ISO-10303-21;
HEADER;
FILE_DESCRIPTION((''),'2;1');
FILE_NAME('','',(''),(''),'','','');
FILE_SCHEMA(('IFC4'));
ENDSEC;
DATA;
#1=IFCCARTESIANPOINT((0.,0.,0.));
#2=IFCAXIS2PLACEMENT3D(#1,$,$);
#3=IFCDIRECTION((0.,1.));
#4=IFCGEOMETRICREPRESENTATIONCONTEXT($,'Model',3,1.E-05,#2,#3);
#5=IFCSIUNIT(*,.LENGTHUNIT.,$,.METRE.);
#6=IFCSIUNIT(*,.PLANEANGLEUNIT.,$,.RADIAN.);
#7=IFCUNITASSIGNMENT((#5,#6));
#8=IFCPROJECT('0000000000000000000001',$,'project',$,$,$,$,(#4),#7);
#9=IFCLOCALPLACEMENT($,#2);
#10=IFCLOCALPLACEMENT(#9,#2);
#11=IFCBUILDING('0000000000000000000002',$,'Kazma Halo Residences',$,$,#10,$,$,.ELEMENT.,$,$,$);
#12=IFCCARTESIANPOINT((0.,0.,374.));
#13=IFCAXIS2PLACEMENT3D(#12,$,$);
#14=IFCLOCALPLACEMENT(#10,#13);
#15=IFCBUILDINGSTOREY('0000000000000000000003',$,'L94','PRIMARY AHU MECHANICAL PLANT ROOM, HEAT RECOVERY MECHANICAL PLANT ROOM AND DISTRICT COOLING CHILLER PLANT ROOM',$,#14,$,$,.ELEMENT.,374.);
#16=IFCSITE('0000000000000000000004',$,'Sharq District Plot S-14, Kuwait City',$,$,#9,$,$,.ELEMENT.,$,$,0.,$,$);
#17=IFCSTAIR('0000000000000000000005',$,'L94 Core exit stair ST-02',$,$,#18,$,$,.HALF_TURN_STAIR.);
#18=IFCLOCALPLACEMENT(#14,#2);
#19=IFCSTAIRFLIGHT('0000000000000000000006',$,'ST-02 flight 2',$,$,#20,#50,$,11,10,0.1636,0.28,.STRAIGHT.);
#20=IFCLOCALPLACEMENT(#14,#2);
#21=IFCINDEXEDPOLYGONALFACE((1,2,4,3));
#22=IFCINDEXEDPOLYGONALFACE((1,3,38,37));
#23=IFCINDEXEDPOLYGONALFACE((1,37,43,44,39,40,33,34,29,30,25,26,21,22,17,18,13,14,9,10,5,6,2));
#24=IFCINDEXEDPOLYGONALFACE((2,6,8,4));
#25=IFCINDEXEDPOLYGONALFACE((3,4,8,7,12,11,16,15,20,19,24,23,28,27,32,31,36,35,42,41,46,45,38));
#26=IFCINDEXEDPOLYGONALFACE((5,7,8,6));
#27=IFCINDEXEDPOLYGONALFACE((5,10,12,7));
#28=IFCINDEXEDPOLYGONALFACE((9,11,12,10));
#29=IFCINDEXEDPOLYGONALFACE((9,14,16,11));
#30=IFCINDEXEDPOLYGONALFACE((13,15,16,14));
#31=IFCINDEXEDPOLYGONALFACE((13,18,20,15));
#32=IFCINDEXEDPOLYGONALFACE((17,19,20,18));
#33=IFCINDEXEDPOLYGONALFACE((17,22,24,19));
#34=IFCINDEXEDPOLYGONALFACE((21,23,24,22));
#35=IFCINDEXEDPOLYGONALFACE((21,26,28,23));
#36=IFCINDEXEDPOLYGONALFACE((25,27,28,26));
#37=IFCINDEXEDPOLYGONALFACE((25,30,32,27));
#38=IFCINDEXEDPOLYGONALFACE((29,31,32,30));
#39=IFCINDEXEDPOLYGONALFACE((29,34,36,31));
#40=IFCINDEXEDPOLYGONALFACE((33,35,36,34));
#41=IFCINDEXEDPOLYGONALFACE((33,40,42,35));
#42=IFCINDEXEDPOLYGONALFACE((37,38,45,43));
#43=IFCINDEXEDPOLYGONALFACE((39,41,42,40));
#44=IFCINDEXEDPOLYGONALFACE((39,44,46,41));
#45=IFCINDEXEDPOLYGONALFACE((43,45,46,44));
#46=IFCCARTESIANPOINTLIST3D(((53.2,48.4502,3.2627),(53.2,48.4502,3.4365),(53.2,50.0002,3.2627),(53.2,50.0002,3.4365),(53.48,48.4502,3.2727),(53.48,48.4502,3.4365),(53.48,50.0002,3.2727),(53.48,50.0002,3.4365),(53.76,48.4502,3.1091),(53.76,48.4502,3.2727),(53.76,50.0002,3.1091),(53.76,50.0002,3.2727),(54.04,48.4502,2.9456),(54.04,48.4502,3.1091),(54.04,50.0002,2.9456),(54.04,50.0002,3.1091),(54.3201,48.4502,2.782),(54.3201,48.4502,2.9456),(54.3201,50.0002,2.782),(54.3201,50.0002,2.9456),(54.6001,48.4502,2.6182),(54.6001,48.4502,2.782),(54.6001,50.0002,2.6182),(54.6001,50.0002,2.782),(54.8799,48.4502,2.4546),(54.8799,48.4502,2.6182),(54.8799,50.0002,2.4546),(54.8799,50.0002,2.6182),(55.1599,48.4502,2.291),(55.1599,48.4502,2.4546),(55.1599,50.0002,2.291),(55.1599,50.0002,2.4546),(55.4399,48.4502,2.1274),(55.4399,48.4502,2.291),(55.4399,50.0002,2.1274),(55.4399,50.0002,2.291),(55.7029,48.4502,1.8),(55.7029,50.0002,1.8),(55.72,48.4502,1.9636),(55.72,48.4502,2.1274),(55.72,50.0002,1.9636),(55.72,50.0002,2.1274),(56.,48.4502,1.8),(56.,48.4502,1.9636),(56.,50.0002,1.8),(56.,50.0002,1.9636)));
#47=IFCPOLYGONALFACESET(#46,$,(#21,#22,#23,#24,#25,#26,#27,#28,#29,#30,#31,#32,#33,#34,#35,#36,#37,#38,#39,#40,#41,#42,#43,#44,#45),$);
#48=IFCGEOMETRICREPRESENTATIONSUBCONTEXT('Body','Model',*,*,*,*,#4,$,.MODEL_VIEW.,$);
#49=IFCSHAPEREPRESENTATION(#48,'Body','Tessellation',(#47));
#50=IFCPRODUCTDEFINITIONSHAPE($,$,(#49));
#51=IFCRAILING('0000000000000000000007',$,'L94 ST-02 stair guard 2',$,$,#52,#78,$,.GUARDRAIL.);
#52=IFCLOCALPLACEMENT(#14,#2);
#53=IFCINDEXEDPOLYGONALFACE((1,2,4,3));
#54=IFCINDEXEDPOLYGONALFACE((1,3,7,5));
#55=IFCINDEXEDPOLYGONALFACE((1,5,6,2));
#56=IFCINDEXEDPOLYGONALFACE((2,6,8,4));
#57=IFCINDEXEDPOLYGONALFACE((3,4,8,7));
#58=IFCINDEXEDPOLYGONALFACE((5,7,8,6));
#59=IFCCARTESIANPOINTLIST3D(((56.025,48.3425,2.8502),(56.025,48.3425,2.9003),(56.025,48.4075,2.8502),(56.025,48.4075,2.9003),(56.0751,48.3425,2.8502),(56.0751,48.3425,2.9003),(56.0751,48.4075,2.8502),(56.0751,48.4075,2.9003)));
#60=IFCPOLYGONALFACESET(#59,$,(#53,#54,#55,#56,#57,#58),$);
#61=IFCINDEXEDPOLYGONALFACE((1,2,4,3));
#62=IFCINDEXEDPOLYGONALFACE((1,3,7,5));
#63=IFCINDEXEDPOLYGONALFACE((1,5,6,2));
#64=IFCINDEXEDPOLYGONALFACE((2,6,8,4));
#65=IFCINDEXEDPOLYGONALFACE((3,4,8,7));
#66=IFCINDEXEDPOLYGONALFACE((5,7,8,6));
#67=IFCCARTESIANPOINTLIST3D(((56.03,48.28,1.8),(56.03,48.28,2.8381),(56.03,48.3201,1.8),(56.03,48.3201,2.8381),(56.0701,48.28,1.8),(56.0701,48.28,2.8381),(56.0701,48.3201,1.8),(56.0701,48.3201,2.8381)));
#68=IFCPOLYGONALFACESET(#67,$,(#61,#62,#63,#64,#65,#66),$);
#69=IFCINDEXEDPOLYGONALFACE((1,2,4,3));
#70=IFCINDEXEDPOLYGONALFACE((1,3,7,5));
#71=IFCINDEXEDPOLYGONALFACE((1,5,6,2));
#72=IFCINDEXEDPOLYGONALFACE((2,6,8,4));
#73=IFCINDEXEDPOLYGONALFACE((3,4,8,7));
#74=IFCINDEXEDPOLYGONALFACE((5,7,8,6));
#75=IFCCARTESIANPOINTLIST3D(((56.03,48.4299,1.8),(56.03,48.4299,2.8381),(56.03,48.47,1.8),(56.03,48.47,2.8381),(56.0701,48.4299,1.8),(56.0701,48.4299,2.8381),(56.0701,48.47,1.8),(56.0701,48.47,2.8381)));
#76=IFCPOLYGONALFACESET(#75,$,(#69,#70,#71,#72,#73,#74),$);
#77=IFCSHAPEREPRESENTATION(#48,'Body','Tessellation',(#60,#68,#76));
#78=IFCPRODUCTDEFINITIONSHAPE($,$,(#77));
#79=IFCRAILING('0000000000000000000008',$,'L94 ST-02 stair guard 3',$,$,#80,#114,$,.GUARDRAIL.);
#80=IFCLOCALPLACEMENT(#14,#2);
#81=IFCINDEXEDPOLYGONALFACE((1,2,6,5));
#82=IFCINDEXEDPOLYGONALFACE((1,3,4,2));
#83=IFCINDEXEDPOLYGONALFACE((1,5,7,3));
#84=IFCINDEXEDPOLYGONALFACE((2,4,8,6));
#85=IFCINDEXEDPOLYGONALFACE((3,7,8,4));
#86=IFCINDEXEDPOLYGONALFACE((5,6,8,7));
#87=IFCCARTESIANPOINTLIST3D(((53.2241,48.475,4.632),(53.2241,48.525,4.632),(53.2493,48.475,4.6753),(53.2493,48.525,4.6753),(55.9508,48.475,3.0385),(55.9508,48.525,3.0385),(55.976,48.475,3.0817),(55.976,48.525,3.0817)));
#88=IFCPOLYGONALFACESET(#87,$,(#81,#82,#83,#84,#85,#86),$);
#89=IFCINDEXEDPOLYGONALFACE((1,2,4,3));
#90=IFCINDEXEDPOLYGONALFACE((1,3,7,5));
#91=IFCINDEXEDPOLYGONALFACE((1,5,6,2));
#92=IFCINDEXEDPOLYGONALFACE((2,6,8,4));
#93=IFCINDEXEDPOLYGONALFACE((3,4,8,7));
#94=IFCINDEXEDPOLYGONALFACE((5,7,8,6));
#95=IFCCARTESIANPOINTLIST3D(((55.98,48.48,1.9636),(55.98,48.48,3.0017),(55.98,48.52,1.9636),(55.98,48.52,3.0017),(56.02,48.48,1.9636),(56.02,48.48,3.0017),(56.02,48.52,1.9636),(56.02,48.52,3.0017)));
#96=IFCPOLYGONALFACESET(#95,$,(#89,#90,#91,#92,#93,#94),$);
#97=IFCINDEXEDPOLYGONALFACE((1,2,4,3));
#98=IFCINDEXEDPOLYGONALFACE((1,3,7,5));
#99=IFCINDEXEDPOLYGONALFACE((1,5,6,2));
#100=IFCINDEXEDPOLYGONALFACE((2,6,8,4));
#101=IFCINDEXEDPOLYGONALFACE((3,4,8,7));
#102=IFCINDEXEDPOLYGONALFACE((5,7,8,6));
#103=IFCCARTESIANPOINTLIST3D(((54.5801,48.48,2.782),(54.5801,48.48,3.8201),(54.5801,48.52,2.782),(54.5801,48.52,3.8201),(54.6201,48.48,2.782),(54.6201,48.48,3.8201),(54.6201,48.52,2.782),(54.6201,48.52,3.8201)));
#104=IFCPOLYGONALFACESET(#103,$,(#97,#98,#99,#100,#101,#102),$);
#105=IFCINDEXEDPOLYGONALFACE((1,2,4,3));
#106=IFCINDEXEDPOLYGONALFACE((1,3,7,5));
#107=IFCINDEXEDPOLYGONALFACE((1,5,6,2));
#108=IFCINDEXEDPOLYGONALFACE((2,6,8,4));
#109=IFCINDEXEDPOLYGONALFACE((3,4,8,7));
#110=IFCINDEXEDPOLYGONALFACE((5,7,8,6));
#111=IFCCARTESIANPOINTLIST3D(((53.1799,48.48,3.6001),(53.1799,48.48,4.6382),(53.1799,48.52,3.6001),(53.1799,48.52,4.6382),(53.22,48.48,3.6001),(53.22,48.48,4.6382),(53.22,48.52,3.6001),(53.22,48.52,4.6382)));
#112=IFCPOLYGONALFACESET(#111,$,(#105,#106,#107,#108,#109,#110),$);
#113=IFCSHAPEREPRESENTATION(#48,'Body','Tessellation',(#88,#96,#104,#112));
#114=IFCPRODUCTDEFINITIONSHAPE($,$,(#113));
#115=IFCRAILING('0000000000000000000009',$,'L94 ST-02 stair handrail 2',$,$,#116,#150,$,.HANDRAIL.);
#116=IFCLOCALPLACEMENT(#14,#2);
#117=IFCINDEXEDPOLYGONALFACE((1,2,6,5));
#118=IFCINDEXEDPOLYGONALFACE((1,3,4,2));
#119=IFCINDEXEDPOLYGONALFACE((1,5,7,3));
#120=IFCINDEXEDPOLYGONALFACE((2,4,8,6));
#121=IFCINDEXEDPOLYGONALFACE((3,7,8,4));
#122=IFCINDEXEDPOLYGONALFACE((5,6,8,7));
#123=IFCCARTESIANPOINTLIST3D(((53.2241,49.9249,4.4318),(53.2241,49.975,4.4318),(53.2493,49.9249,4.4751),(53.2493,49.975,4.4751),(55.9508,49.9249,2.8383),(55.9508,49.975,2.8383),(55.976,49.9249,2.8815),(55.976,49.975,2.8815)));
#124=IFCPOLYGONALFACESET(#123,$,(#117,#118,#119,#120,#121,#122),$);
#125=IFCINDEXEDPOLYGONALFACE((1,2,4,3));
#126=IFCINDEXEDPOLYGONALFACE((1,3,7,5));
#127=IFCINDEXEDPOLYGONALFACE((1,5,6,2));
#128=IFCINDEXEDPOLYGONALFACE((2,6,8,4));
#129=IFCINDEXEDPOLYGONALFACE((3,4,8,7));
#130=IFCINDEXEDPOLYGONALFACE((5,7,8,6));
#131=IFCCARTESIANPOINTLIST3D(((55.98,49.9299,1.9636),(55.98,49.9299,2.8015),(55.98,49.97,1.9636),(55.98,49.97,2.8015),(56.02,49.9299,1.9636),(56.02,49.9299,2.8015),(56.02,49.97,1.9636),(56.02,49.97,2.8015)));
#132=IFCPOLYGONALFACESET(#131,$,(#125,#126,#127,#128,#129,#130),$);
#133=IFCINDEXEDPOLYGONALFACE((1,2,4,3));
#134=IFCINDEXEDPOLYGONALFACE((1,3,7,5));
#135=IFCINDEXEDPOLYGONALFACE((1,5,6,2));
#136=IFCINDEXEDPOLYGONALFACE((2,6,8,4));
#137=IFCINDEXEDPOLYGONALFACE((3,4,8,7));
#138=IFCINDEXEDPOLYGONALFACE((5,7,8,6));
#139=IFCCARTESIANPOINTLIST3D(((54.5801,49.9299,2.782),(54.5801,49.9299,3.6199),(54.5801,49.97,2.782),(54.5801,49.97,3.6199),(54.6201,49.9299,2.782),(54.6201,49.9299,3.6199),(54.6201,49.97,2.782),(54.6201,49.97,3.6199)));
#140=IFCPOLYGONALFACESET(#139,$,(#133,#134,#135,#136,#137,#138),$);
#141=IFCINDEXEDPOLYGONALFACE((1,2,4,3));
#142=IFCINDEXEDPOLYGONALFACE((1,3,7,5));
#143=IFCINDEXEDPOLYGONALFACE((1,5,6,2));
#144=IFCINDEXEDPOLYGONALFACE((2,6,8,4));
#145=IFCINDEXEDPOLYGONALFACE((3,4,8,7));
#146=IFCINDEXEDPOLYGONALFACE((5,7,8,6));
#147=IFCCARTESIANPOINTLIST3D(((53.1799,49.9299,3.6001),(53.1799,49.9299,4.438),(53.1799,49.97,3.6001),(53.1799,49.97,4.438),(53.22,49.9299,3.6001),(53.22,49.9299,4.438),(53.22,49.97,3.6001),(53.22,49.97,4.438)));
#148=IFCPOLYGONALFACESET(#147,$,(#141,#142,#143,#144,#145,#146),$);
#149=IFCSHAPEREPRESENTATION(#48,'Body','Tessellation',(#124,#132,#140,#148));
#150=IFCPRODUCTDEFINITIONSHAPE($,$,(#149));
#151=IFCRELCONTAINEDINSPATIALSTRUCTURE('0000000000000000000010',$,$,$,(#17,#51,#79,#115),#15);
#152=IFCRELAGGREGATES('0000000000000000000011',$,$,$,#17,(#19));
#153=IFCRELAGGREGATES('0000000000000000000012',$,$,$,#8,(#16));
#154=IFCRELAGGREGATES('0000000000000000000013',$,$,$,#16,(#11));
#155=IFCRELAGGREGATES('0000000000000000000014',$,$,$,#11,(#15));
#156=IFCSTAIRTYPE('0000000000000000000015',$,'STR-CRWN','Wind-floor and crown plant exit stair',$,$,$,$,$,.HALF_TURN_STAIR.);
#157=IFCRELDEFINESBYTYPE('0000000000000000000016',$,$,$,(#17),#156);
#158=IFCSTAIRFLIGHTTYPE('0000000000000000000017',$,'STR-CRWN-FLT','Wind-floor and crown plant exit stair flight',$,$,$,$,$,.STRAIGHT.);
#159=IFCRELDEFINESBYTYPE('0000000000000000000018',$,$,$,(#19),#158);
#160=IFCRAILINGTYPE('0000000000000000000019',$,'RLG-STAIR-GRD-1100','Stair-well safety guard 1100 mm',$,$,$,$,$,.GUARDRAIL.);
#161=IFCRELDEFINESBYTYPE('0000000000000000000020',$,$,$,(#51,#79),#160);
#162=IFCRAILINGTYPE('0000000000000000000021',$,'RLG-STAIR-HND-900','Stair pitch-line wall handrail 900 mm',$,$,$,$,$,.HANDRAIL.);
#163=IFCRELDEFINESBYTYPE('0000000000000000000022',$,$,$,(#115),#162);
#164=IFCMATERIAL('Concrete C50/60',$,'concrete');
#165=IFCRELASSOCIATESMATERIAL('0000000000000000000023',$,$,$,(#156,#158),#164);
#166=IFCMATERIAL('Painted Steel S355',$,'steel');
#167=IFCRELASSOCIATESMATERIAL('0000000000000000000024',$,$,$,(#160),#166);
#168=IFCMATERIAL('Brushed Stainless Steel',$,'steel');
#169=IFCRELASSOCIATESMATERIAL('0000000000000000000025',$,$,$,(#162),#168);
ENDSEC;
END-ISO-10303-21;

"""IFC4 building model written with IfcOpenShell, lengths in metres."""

from ifc_helpers import new_model, si_unit, direction, frame, origin, origin_2d, place, context, subcontext, project, spatial, polyline, rectangle, outline, extrude, material, type_object, element, aggregate, save


model = new_model("IFC4")

# Units and contexts
model_context = context("Model", 3, precision=1e-05, world=origin(), true_north=direction((0.0, 1.0)))
body_context = subcontext(model_context, "Body", "Model", "MODEL_VIEW")
ifc_project = project(units=[si_unit("LENGTHUNIT", "METRE"), si_unit("PLANEANGLEUNIT", "RADIAN")], contexts=[model_context])

# Site, building, storey
site_placement = place(None, origin())
site = spatial("IfcSite", under=ifc_project, at=site_placement, Name="Sharq District Plot S-14, Kuwait City", CompositionType="ELEMENT", RefElevation=0.0)
building_placement = place(site_placement, origin())
building = spatial("IfcBuilding", under=site, at=building_placement, Name="Kazma Halo Residences", CompositionType="ELEMENT")
storey_placement = place(building_placement, frame((0.0, 0.0, 374.0)))
storey = spatial("IfcBuildingStorey", under=building, at=storey_placement, Name="L94", Description="PRIMARY AHU MECHANICAL PLANT ROOM, HEAT RECOVERY MECHANICAL PLANT ROOM AND DISTRICT COOLING CHILLER PLANT ROOM", CompositionType="ELEMENT", Elevation=374.0)

# Stair, stair flight
ifc_material_1 = material(Name="Concrete C50/60", Category="concrete")
stair_type = type_object("IfcStairType", Name="STR-CRWN", Description="Wind-floor and crown plant exit stair", PredefinedType="HALF_TURN_STAIR", material=ifc_material_1)
stair_placement = place(storey_placement, origin())
stair = element("IfcStair", 1, at=stair_placement, inside=storey, type_object=stair_type, Name="L94 Core exit stair ST-02", PredefinedType="HALF_TURN_STAIR")
stair_flight_type = type_object("IfcStairFlightType", Name="STR-CRWN-FLT", Description="Wind-floor and crown plant exit stair flight", PredefinedType="STRAIGHT", material=ifc_material_1)
stair_flight_placement = place(storey_placement, frame((56.0, 49.2251, 1.8), z_axis=(0.0, 0.0, 1.0), x_axis=(-1.0, 0.0, 0.0)))
stair_flight = element("IfcStairFlight", 2, at=stair_flight_placement, type_object=stair_flight_type, Name="ST-02 flight 2", NumberOfRisers=11, NumberOfTreads=10, PredefinedType="STRAIGHT", RiserHeight=0.1636, TreadLength=0.28, context=body_context, shape_type="SweptSolid", body=[
    extrude(outline(polyline([(0.0, 0.0), (0.0, 0.1636), (0.28, 0.1636), (0.28, 0.3274), (0.5601, 0.3274), (0.5601, 0.491), (0.8401, 0.491), (0.8401, 0.6545), (1.1201, 0.6545), (1.1201, 0.8181), (1.3999, 0.8181), (1.3999, 0.9819), (1.6799, 0.9819), (1.6799, 1.1455), (1.96, 1.1455), (1.96, 1.3091), (2.24, 1.3091), (2.24, 1.4727), (2.52, 1.4727), (2.52, 1.6365), (2.8, 1.6365), (2.8, 1.8), (2.8, 1.4626), (0.2971, 0.0), (0.0, 0.0)])), frame((0.0, 0.7749, 0.0), z_axis=(0.0, -1.0, 0.0), x_axis=(1.0, 0.0, 0.0)), (0.0, 0.0, 1.0), 1.55),
])
aggregate(stair, [stair_flight])

# Railings
ifc_material_2 = material(Name="Painted Steel S355", Category="steel")
railing_type_1 = type_object("IfcRailingType", Name="RLG-STAIR-GRD-1100", Description="Stair-well safety guard 1100 mm", PredefinedType="GUARDRAIL", material=ifc_material_2)
railing_1_placement = place(storey_placement, frame((56.05, 48.3, 1.8)))
element("IfcRailing", 3, at=railing_1_placement, inside=storey, type_object=railing_type_1, Name="L94 ST-02 stair guard 2", PredefinedType="GUARDRAIL", context=body_context, shape_type="SweptSolid", body=[
    extrude(rectangle(XDim=0.05, YDim=0.05, at=origin_2d()), frame((0.0, 0.0425, 1.0752), z_axis=(0.0, 1.0, 0.0), x_axis=(-1.0, 0.0, 0.0)), (0.0, 0.0, 1.0), 0.0649),
    extrude(rectangle(XDim=0.04, YDim=0.04, at=origin_2d()), origin(), (0.0, 0.0, 1.0), 1.0381),
    extrude(rectangle(XDim=0.04, YDim=0.04, at=origin_2d()), frame((0.0, 0.1499, 0.0)), (0.0, 0.0, 1.0), 1.0381),
])
railing_2_placement = place(storey_placement, frame((56.0, 48.5, 1.9636)))
element("IfcRailing", 4, at=railing_2_placement, inside=storey, type_object=railing_type_1, Name="L94 ST-02 stair guard 3", PredefinedType="GUARDRAIL", context=body_context, shape_type="SweptSolid", body=[
    extrude(rectangle(XDim=0.05, YDim=0.05, at=origin_2d()), frame((-0.0366, 0.0, 1.0964), z_axis=(-0.863361, 0.0, 0.504587), x_axis=(0.0, -1.0, 0.0)), (0.0, 0.0, 1.0), 3.1582),
    extrude(rectangle(XDim=0.04, YDim=0.04, at=origin_2d()), origin(), (0.0, 0.0, 1.0), 1.0381),
    extrude(rectangle(XDim=0.04, YDim=0.04, at=origin_2d()), frame((-1.3999, 0.0, 0.8184)), (0.0, 0.0, 1.0), 1.0381),
    extrude(rectangle(XDim=0.04, YDim=0.04, at=origin_2d()), frame((-2.8, 0.0, 1.6365)), (0.0, 0.0, 1.0), 1.0381),
])
ifc_material_3 = material(Name="Brushed Stainless Steel", Category="steel")
railing_type_2 = type_object("IfcRailingType", Name="RLG-STAIR-HND-900", Description="Stair pitch-line wall handrail 900 mm", PredefinedType="HANDRAIL", material=ifc_material_3)
railing_3_placement = place(storey_placement, frame((56.0, 49.95, 1.9636)))
element("IfcRailing", 5, at=railing_3_placement, inside=storey, type_object=railing_type_2, Name="L94 ST-02 stair handrail 2", PredefinedType="HANDRAIL", context=body_context, shape_type="SweptSolid", body=[
    extrude(rectangle(XDim=0.05, YDim=0.05, at=origin_2d()), frame((-0.0366, 0.0, 0.8962), z_axis=(-0.863361, 0.0, 0.504587), x_axis=(0.0, -1.0, 0.0)), (0.0, 0.0, 1.0), 3.1582),
    extrude(rectangle(XDim=0.04, YDim=0.04, at=origin_2d()), origin(), (0.0, 0.0, 1.0), 0.8379),
    extrude(rectangle(XDim=0.04, YDim=0.04, at=origin_2d()), frame((-1.3999, 0.0, 0.8184)), (0.0, 0.0, 1.0), 0.8379),
    extrude(rectangle(XDim=0.04, YDim=0.04, at=origin_2d()), frame((-2.8, 0.0, 1.6365)), (0.0, 0.0, 1.0), 0.8379),
])

save(model, "model.ifc")
